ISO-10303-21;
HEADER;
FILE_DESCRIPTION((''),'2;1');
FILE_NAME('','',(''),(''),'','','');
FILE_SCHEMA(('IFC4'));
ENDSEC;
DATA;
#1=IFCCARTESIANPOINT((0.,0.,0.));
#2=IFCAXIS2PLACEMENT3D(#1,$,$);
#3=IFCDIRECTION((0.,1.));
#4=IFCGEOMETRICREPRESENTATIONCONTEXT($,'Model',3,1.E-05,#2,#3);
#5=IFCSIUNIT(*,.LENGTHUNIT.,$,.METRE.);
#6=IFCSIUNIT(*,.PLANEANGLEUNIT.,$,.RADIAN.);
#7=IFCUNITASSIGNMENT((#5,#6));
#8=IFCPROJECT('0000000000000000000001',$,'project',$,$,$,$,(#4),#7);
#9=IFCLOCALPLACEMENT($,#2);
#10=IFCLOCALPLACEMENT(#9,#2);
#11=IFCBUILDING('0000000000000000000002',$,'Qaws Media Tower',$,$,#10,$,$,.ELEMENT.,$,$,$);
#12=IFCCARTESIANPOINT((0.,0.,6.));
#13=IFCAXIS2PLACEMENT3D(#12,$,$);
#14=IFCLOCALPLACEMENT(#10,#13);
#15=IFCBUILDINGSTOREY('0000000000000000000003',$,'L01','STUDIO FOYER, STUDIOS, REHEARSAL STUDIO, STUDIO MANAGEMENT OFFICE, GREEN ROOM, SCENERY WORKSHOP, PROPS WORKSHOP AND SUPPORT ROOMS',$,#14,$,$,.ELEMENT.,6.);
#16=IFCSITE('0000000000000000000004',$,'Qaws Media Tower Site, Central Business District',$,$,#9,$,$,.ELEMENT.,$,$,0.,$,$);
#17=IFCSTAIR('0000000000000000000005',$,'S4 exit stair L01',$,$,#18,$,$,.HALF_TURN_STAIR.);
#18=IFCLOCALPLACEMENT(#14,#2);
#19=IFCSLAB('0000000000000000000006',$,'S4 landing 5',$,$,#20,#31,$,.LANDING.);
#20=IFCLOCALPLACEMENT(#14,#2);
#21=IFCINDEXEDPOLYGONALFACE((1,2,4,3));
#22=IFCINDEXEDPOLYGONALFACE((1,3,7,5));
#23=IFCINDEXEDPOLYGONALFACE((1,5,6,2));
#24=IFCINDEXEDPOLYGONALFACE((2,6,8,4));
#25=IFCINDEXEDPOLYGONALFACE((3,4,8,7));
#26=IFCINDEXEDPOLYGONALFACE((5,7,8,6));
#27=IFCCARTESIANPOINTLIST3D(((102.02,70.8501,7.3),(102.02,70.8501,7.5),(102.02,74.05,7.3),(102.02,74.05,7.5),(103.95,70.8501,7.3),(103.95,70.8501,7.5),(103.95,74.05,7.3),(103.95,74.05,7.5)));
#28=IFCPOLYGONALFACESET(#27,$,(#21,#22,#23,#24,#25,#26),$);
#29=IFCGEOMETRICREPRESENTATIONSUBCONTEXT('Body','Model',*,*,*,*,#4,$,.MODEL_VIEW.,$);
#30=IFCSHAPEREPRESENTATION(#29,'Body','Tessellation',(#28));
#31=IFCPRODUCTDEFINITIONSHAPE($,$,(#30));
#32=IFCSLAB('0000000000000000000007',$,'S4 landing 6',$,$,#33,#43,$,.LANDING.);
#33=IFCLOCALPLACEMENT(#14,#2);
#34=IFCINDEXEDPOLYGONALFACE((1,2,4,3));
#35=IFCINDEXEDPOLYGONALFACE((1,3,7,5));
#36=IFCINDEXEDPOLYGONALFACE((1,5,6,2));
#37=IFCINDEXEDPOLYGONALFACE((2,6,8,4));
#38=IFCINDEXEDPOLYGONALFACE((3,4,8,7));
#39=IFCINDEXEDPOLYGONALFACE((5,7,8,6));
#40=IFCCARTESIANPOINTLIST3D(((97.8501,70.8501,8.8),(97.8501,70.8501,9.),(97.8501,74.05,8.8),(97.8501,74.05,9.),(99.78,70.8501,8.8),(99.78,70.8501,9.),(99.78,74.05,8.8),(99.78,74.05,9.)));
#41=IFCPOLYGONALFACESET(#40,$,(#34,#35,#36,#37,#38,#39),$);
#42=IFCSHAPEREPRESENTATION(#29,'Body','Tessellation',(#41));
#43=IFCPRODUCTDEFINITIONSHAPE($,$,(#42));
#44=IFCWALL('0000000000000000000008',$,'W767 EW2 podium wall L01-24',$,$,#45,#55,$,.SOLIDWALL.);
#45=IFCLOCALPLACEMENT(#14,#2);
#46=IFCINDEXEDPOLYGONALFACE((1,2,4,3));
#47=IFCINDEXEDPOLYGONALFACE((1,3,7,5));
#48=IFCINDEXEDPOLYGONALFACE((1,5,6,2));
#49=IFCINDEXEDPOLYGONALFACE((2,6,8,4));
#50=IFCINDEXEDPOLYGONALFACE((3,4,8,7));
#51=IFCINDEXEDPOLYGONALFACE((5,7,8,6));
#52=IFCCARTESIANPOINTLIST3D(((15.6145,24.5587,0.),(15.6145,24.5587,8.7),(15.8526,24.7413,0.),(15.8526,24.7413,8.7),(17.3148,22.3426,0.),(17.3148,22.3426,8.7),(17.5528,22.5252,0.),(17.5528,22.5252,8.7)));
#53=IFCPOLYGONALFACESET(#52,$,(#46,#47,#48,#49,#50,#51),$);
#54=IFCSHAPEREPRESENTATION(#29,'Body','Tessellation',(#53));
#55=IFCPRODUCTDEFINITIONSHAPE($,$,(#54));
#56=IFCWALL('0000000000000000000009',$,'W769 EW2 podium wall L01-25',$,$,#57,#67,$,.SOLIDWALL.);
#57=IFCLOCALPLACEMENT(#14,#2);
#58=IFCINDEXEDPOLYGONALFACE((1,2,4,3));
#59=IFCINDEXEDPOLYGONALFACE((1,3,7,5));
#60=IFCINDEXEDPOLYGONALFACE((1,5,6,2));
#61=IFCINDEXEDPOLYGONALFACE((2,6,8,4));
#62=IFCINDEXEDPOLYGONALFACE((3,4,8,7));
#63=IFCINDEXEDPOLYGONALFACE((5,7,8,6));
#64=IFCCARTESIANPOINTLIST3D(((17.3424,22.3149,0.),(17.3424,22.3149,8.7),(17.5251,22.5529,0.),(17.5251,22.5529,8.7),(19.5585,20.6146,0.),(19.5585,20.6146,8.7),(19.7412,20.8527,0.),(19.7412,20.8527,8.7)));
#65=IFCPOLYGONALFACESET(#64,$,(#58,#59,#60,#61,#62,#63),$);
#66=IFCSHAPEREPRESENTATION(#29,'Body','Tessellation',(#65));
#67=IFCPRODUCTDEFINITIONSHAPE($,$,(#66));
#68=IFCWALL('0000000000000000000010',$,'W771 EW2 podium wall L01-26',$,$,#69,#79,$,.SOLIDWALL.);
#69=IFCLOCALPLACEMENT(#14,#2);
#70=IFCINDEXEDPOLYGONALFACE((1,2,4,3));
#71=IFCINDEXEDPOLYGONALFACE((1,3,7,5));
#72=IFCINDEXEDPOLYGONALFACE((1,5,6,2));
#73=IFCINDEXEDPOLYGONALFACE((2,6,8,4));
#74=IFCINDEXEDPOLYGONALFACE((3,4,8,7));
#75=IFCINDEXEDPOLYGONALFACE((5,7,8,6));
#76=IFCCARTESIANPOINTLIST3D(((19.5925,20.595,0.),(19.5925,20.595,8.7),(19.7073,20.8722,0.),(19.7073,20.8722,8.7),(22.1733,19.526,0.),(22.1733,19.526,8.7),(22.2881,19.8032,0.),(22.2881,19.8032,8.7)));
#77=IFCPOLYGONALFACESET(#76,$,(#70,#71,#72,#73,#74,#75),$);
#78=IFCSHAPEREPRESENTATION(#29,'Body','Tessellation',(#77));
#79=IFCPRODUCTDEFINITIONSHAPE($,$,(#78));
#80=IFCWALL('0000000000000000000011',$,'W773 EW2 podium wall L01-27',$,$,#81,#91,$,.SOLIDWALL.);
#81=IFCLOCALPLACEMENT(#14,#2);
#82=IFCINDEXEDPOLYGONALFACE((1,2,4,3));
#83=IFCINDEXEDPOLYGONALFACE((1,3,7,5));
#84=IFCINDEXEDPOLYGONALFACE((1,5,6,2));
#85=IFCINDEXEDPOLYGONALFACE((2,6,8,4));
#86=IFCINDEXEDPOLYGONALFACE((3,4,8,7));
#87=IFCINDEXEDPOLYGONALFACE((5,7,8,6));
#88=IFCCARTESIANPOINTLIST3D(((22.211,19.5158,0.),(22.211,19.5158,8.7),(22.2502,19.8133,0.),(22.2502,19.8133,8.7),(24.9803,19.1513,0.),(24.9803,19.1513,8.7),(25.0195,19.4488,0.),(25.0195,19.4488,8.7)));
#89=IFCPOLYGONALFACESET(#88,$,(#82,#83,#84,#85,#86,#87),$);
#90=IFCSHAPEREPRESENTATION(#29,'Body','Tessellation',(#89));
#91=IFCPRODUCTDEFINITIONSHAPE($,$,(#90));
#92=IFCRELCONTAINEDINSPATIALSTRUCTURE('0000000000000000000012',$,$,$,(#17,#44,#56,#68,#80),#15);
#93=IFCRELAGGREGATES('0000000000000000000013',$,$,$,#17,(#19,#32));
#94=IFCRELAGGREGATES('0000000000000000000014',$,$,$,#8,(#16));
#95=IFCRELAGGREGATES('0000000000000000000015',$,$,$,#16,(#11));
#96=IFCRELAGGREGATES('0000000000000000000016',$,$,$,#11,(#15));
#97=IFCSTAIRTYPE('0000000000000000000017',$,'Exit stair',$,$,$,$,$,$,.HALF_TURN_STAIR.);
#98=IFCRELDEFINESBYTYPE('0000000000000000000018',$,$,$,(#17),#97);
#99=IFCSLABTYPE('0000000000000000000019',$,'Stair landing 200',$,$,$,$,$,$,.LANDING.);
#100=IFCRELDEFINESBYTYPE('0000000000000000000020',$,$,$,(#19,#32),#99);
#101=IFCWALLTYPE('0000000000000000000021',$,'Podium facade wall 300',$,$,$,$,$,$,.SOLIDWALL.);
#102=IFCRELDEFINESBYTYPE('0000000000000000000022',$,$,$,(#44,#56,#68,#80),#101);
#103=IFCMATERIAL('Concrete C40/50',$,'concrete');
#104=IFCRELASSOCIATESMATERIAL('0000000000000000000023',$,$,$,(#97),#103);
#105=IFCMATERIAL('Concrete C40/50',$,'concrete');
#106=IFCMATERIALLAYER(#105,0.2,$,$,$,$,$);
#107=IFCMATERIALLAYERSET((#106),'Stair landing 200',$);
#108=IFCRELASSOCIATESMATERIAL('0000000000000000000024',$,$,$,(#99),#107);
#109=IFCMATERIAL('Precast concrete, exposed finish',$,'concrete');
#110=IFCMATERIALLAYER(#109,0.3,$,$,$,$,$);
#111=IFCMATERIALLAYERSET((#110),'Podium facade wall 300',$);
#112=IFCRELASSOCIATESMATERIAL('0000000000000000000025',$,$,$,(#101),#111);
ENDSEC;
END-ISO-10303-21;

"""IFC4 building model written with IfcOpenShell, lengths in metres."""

from ifc_helpers import new_model, si_unit, direction, frame, frame_2d, origin, place, context, subcontext, project, spatial, polyline, rectangle, outline, extrude, material, layer, layer_set, type_object, element, aggregate, save


model = new_model("IFC4")

# Units and contexts
model_context = context("Model", 3, precision=1e-05, world=origin(), true_north=direction((0.0, 1.0)))
body_context = subcontext(model_context, "Body", "Model", "MODEL_VIEW")
ifc_project = project(units=[si_unit("LENGTHUNIT", "METRE"), si_unit("PLANEANGLEUNIT", "RADIAN")], contexts=[model_context])

# Site, building, storey
site_placement = place(None, origin())
site = spatial("IfcSite", under=ifc_project, at=site_placement, Name="Qaws Media Tower Site, Central Business District", CompositionType="ELEMENT", RefElevation=0.0)
building_placement = place(site_placement, origin())
building = spatial("IfcBuilding", under=site, at=building_placement, Name="Qaws Media Tower", CompositionType="ELEMENT")
storey_placement = place(building_placement, frame((0.0, 0.0, 6.0)))
storey = spatial("IfcBuildingStorey", under=building, at=storey_placement, Name="L01", Description="STUDIO FOYER, STUDIOS, REHEARSAL STUDIO, STUDIO MANAGEMENT OFFICE, GREEN ROOM, SCENERY WORKSHOP, PROPS WORKSHOP AND SUPPORT ROOMS", CompositionType="ELEMENT", Elevation=6.0)

# Stair, slabs
ifc_material_1 = material(Name="Concrete C40/50", Category="concrete")
stair_type = type_object("IfcStairType", Name="Exit stair", PredefinedType="HALF_TURN_STAIR", material=ifc_material_1)
ifc_material_2 = material(Name="Concrete C40/50", Category="concrete")
ifc_layer_1 = layer(ifc_material_2, 0.2)
ifc_layer_set_1 = layer_set([ifc_layer_1], Name="Stair landing 200")
slab_type = type_object("IfcSlabType", Name="Stair landing 200", PredefinedType="LANDING", material=ifc_layer_set_1)
stair_1_placement = place(storey_placement, origin())
stair_1 = element("IfcStair", 1, at=stair_1_placement, inside=storey, type_object=stair_type, Name="S4 exit stair L01", PredefinedType="HALF_TURN_STAIR")
slab_1_placement = place(storey_placement, frame((0.0, 0.0, 7.3)))
slab_1 = element("IfcSlab", 2, at=slab_1_placement, type_object=slab_type, Name="S4 landing 5", PredefinedType="LANDING", context=body_context, shape_type="SweptSolid", body=[
    extrude(outline(polyline([(102.02, 70.8501), (103.95, 70.8501), (103.95, 74.05), (102.02, 74.05), (102.02, 70.8501)])), origin(), (0.0, 0.0, 1.0), 0.2),
])
slab_2_placement = place(storey_placement, frame((0.0, 0.0, 8.8)))
slab_2 = element("IfcSlab", 3, at=slab_2_placement, type_object=slab_type, Name="S4 landing 6", PredefinedType="LANDING", context=body_context, shape_type="SweptSolid", body=[
    extrude(outline(polyline([(97.8501, 70.8501), (99.78, 70.8501), (99.78, 74.05), (97.8501, 74.05), (97.8501, 70.8501)])), origin(), (0.0, 0.0, 1.0), 0.2),
])
aggregate(stair_1, [slab_1, slab_2])

# Walls
ifc_material_3 = material(Name="Precast concrete, exposed finish", Category="concrete")
ifc_layer_2 = layer(ifc_material_3, 0.3)
ifc_layer_set_2 = layer_set([ifc_layer_2], Name="Podium facade wall 300")
wall_type = type_object("IfcWallType", Name="Podium facade wall 300", PredefinedType="SOLIDWALL", material=ifc_layer_set_2)
for number, where, z_axis, x_axis, name in (
    (4, (15.7336, 24.6499, 0.0), (0.0, 0.0, 1.0), (0.608705, -0.793397, 0.0), "W767 EW2 podium wall L01-24"),
    (5, (17.4338, 22.4338, 0.0), (0.0, 0.0, 1.0), (0.793397, -0.608705, 0.0), "W769 EW2 podium wall L01-25"),
):
    element("IfcWall", number, at=place(storey_placement, frame(where, z_axis=z_axis, x_axis=x_axis)), inside=storey, type_object=wall_type, Name=name, PredefinedType="SOLIDWALL", context=body_context, shape_type="SweptSolid", body=[
        extrude(rectangle(XDim=2.7932, YDim=0.3, at=frame_2d((1.3965, 0.0))), origin(), (0.0, 0.0, 1.0), 8.7),
    ])
wall_1_placement = place(storey_placement, frame((19.6499, 20.7336, 0.0), z_axis=(0.0, 0.0, 1.0), x_axis=(0.923869, -0.382709, 0.0)))
element("IfcWall", 6, at=wall_1_placement, inside=storey, type_object=wall_type, Name="W771 EW2 podium wall L01-26", PredefinedType="SOLIDWALL", context=body_context, shape_type="SweptSolid", body=[
    extrude(rectangle(XDim=2.7935, YDim=0.3, at=frame_2d((1.3967, 0.0))), origin(), (0.0, 0.0, 1.0), 8.7),
])
wall_2_placement = place(storey_placement, frame((22.2307, 19.6646, 0.0), z_axis=(0.0, 0.0, 1.0), x_axis=(0.991449, -0.130497, 0.0)))
element("IfcWall", 7, at=wall_2_placement, inside=storey, type_object=wall_type, Name="W773 EW2 podium wall L01-27", PredefinedType="SOLIDWALL", context=body_context, shape_type="SweptSolid", body=[
    extrude(rectangle(XDim=2.7932, YDim=0.3, at=frame_2d((1.3965, 0.0))), origin(), (0.0, 0.0, 1.0), 8.7),
])

save(model, "model.ifc")
